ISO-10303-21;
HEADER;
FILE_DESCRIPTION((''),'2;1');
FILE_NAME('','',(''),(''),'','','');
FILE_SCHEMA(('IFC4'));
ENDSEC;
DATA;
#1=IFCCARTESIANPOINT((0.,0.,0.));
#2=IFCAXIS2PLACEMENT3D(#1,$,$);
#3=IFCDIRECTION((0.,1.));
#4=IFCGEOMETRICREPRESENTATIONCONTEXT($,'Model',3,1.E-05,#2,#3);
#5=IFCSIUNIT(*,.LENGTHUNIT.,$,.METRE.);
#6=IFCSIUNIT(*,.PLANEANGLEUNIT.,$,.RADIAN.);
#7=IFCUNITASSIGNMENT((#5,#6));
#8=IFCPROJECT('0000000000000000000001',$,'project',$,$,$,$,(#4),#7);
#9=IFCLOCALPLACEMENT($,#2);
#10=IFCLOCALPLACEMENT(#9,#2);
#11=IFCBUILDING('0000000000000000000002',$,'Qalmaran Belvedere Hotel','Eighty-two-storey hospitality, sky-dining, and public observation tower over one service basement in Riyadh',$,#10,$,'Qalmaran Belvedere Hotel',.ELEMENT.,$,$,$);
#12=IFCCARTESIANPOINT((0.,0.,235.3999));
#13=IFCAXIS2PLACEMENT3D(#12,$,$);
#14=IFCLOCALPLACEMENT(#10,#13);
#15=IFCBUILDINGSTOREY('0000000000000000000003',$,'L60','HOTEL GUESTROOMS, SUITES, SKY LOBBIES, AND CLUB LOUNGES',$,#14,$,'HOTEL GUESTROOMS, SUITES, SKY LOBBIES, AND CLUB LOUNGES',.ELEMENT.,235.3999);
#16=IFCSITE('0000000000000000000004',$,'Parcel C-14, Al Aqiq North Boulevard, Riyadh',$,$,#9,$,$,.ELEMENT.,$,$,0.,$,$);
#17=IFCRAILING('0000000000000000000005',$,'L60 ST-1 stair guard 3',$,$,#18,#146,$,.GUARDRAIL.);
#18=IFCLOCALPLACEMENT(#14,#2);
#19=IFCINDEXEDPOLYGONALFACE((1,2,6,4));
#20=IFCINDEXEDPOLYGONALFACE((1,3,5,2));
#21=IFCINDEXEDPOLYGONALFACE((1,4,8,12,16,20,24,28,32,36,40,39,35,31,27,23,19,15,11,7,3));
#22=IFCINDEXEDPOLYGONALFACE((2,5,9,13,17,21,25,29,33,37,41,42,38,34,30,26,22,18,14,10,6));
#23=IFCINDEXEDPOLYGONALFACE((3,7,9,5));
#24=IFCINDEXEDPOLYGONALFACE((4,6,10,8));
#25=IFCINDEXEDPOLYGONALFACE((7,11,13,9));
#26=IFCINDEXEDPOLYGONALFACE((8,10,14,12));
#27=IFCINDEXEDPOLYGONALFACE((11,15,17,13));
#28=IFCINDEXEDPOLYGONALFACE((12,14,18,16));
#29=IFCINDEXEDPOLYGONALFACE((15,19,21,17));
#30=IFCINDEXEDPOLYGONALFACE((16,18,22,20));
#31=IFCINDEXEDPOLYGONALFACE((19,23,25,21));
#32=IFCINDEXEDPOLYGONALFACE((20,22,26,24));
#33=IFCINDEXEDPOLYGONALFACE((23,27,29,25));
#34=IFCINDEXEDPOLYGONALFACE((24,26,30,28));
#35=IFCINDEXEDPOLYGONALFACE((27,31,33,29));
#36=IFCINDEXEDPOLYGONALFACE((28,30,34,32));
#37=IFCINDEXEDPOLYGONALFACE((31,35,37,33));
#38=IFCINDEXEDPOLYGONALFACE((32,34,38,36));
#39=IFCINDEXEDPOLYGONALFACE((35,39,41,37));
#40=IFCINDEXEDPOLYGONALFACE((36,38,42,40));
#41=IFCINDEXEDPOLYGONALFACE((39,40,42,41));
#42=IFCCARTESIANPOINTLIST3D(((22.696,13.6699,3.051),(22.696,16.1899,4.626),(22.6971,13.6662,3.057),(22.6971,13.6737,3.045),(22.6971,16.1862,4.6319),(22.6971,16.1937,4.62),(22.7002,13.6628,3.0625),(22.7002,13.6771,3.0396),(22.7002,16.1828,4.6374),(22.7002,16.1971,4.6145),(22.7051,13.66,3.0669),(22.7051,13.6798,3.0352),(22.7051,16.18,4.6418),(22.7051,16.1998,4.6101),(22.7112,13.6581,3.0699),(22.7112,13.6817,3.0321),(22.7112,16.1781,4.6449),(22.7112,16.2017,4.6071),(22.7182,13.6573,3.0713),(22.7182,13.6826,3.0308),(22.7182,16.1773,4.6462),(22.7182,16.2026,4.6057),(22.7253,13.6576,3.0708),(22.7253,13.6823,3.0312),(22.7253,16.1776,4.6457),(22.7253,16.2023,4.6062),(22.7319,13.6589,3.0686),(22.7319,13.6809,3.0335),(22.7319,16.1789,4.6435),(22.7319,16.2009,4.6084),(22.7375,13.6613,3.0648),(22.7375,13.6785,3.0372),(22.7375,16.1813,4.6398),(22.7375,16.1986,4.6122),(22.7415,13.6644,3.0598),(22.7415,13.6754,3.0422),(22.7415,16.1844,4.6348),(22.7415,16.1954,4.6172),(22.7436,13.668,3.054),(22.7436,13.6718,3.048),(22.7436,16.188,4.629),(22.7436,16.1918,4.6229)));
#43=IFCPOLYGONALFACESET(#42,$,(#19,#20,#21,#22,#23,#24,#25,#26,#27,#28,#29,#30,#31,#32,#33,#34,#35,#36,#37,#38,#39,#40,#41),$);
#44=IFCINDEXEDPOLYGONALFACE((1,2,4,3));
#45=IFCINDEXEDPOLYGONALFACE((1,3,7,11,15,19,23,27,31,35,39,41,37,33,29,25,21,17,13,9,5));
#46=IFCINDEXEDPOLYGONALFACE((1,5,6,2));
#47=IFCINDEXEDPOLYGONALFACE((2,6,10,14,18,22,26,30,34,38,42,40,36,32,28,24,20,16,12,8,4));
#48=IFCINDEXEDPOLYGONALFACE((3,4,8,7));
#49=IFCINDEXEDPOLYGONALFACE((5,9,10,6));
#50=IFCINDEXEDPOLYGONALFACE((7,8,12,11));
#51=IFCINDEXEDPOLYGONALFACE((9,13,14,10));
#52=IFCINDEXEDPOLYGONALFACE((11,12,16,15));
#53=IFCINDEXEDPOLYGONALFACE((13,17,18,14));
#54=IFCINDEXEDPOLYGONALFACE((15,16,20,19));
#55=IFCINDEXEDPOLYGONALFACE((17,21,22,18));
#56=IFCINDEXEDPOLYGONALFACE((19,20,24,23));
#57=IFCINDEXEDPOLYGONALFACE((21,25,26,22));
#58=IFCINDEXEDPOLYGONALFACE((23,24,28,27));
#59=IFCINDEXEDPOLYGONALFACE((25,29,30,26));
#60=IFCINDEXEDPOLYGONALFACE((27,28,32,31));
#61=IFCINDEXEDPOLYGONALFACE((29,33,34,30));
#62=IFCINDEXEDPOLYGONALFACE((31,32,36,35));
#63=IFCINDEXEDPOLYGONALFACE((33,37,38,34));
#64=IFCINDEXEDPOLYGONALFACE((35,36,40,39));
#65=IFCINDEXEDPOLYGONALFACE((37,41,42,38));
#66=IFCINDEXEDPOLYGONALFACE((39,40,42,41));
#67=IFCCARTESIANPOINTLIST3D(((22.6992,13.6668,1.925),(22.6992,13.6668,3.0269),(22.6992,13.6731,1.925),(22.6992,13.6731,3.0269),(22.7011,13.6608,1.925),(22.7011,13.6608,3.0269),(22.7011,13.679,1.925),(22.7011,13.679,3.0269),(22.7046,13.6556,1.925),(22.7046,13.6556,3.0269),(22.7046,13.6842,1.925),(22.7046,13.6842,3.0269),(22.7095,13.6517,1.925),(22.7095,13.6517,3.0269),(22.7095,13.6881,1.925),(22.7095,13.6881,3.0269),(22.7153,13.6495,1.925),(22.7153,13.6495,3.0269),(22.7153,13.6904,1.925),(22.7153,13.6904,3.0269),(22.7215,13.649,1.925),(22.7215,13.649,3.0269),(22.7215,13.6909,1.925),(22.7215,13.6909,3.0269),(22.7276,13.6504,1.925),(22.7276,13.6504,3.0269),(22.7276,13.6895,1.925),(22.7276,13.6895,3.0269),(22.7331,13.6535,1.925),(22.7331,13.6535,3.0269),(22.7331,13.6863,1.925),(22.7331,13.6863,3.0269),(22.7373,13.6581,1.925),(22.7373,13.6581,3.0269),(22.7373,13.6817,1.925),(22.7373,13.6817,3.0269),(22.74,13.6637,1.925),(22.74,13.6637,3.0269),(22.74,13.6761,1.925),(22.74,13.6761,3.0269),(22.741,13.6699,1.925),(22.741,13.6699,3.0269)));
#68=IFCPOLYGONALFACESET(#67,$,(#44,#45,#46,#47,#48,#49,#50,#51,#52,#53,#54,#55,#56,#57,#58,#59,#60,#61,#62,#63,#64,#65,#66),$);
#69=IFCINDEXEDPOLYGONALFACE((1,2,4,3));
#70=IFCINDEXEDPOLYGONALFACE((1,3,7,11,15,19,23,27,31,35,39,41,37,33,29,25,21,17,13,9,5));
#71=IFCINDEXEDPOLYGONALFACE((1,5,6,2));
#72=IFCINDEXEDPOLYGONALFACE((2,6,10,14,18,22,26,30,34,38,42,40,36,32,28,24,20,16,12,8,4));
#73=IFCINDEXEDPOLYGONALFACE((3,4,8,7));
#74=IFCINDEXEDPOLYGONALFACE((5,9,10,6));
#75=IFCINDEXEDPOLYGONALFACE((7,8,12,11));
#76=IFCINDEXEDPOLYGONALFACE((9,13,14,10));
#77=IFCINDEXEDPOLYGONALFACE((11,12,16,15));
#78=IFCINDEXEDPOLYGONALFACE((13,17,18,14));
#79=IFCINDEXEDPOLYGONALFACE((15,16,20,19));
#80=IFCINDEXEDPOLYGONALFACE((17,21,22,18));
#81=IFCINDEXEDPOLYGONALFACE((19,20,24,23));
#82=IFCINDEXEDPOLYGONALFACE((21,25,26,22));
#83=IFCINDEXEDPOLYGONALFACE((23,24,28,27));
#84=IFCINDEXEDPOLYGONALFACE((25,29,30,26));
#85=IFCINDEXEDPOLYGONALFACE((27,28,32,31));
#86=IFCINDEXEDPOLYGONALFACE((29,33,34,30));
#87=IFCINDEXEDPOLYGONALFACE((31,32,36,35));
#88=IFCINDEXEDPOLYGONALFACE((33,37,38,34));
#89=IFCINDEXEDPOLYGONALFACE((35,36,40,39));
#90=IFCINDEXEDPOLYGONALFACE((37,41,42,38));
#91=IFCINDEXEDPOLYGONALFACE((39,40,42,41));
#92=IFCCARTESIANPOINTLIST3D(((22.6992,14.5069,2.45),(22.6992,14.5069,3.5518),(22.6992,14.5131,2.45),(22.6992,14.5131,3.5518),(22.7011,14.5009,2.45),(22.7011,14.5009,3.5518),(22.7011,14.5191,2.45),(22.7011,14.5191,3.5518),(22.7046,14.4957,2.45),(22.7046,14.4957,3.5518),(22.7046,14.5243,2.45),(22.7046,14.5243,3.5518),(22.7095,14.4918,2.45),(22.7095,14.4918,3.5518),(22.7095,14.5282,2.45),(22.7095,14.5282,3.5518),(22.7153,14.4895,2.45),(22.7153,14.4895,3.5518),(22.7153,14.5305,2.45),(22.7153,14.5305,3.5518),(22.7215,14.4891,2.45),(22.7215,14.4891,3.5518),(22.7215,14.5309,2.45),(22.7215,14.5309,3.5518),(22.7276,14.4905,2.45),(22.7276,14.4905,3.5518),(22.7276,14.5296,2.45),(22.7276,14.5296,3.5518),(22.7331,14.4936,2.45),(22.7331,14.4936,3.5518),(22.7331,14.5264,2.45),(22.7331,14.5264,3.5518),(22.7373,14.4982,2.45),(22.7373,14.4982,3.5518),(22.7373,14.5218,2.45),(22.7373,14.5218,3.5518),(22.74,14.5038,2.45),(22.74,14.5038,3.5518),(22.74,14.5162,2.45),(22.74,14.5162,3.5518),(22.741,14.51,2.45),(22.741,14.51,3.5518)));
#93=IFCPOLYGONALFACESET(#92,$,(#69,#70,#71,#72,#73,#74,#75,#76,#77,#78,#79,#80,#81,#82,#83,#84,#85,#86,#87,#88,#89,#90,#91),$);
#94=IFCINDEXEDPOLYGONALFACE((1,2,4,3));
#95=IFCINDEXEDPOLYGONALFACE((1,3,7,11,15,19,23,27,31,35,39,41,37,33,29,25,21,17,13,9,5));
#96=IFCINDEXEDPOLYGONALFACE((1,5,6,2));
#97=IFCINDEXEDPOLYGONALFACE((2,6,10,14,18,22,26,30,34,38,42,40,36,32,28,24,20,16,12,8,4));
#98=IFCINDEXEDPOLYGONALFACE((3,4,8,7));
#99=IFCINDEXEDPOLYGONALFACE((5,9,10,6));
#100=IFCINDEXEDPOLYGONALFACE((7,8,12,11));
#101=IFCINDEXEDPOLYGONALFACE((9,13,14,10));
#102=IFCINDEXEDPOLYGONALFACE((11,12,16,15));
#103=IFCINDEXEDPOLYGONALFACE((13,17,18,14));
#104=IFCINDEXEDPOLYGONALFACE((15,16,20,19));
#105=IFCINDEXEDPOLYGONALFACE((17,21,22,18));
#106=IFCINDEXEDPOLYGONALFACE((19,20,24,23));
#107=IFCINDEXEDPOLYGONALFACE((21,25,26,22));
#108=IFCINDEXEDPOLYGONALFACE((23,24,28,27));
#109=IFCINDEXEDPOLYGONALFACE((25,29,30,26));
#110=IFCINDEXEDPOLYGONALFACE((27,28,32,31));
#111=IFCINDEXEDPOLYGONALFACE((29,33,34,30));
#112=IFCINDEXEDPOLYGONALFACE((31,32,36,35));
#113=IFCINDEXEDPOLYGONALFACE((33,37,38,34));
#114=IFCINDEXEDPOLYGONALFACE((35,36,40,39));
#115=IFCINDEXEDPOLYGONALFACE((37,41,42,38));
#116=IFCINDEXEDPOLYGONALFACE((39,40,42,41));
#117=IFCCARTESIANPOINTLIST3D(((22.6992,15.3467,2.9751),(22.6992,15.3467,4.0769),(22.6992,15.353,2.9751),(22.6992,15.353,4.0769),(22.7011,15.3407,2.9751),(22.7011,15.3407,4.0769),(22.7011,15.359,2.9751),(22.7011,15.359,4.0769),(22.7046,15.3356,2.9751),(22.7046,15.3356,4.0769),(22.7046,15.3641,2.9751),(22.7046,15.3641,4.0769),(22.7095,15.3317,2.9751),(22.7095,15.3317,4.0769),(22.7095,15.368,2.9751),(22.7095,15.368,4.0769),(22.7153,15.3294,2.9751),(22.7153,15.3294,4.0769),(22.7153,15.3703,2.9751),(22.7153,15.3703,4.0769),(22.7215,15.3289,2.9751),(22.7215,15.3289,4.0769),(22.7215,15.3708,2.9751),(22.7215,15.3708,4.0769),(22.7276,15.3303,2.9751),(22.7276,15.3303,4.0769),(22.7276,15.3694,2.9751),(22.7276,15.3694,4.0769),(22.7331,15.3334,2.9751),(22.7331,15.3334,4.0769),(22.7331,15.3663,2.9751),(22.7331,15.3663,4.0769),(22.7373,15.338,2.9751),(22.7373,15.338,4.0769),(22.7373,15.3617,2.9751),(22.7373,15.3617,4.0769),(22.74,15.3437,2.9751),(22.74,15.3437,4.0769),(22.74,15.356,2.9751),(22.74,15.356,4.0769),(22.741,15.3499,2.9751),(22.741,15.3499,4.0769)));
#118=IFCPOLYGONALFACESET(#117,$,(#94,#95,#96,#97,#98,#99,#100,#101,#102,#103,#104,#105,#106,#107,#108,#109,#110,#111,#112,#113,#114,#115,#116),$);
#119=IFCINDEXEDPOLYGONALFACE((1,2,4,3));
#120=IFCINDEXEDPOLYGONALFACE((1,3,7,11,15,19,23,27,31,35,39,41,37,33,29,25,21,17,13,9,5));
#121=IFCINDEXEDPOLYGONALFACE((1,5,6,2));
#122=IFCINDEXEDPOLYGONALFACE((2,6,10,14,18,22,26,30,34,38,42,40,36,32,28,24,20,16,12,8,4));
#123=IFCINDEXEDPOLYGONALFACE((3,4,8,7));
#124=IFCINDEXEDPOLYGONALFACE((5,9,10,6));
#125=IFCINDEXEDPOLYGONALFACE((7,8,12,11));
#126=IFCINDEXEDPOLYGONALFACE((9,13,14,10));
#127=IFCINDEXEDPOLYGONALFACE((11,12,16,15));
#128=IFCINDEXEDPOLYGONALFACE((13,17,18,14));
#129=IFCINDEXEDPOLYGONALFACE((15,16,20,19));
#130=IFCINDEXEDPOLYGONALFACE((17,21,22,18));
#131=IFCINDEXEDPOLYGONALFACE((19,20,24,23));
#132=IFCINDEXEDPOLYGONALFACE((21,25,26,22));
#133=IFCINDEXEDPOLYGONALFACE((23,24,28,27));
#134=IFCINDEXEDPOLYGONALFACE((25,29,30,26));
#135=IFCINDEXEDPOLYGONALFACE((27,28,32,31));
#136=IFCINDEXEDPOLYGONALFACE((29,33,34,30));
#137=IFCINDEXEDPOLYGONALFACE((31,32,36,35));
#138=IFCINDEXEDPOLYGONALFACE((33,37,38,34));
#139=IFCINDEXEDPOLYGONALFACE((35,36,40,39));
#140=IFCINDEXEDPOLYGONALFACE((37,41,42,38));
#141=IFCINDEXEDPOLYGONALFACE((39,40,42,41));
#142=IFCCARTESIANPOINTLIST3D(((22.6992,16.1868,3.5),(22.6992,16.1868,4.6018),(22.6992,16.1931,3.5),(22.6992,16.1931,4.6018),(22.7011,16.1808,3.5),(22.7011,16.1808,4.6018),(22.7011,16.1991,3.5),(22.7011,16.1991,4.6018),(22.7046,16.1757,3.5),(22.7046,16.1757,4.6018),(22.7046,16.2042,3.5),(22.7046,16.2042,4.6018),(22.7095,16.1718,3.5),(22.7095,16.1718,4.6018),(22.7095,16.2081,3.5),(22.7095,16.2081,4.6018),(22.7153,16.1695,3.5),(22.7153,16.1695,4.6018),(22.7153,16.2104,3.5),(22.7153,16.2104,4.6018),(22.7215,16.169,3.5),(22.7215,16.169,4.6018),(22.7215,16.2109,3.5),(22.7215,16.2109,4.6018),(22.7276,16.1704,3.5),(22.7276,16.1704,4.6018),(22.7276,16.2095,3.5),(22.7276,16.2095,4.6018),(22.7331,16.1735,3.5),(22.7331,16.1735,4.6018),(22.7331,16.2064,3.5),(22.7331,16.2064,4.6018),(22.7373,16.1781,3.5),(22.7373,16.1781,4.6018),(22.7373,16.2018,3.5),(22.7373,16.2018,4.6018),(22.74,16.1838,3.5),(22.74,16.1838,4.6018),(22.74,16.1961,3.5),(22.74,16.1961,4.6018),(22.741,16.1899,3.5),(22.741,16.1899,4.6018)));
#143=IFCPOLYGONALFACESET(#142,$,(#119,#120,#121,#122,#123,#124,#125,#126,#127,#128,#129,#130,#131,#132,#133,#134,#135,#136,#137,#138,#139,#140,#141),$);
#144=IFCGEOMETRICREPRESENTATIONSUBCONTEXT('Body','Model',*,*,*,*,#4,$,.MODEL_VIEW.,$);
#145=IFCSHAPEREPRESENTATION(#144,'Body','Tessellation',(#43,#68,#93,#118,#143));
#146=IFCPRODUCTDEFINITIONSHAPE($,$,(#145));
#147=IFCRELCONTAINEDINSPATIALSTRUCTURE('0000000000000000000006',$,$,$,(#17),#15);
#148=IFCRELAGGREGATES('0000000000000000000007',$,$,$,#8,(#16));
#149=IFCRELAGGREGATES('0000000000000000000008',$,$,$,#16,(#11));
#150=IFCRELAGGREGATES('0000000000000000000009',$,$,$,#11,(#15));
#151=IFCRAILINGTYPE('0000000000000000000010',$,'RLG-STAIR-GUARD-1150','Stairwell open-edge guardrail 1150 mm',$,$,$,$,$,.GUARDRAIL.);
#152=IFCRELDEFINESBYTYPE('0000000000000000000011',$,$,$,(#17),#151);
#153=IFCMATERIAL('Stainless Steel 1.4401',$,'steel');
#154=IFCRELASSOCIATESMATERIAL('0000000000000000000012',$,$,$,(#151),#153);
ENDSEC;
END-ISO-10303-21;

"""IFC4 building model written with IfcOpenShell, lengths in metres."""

from ifc_helpers import new_model, si_unit, direction, frame, origin, origin_2d, place, context, subcontext, project, spatial, circle, extrude, material, type_object, element, save


model = new_model("IFC4")

# Units and contexts
model_context = context("Model", 3, precision=1e-05, world=origin(), true_north=direction((0.0, 1.0)))
body_context = subcontext(model_context, "Body", "Model", "MODEL_VIEW")
ifc_project = project(units=[si_unit("LENGTHUNIT", "METRE"), si_unit("PLANEANGLEUNIT", "RADIAN")], contexts=[model_context])

# Site, building, storey
site_placement = place(None, origin())
site = spatial("IfcSite", under=ifc_project, at=site_placement, Name="Parcel C-14, Al Aqiq North Boulevard, Riyadh", CompositionType="ELEMENT", RefElevation=0.0)
building_placement = place(site_placement, origin())
building = spatial("IfcBuilding", under=site, at=building_placement, Name="Qalmaran Belvedere Hotel", Description="Eighty-two-storey hospitality, sky-dining, and public observation tower over one service basement in Riyadh", LongName="Qalmaran Belvedere Hotel", CompositionType="ELEMENT")
storey_placement = place(building_placement, frame((0.0, 0.0, 235.3999)))
storey = spatial("IfcBuildingStorey", under=building, at=storey_placement, Name="L60", Description="HOTEL GUESTROOMS, SUITES, SKY LOBBIES, AND CLUB LOUNGES", LongName="HOTEL GUESTROOMS, SUITES, SKY LOBBIES, AND CLUB LOUNGES", CompositionType="ELEMENT", Elevation=235.3999)

# Shared definitions
ifc_material_1 = material(Name="Stainless Steel 1.4401", Category="steel")

# Railing
railing_type_1 = type_object("IfcRailingType", Name="RLG-STAIR-GUARD-1150", Description="Stairwell open-edge guardrail 1150 mm", PredefinedType="GUARDRAIL", material=ifc_material_1)
railing_1_placement = place(storey_placement, frame((22.72, 13.6699, 1.925)))
element("IfcRailing", 1, at=railing_1_placement, inside=storey, type_object=railing_type_1, Name="L60 ST-1 stair guard 3", PredefinedType="GUARDRAIL", context=body_context, shape_type="SweptSolid", body=[
    extrude(circle(Radius=0.0239, at=origin_2d()), frame((0.0, 0.0, 1.126), z_axis=(0.0, 0.848008, 0.529984), x_axis=(-1.0, 0.0, 0.0)), (0.0, 0.0, 1.0), 2.9717),
    extrude(circle(Radius=0.021, at=origin_2d()), origin(), (0.0, 0.0, 1.0), 1.1018),
    extrude(circle(Radius=0.021, at=origin_2d()), frame((0.0, 0.8401, 0.5249)), (0.0, 0.0, 1.0), 1.1018),
    extrude(circle(Radius=0.021, at=origin_2d()), frame((0.0, 1.6799, 1.05)), (0.0, 0.0, 1.0), 1.1018),
    extrude(circle(Radius=0.021, at=origin_2d()), frame((0.0, 2.52, 1.575)), (0.0, 0.0, 1.0), 1.1018),
])

save(model, "model.ifc")
